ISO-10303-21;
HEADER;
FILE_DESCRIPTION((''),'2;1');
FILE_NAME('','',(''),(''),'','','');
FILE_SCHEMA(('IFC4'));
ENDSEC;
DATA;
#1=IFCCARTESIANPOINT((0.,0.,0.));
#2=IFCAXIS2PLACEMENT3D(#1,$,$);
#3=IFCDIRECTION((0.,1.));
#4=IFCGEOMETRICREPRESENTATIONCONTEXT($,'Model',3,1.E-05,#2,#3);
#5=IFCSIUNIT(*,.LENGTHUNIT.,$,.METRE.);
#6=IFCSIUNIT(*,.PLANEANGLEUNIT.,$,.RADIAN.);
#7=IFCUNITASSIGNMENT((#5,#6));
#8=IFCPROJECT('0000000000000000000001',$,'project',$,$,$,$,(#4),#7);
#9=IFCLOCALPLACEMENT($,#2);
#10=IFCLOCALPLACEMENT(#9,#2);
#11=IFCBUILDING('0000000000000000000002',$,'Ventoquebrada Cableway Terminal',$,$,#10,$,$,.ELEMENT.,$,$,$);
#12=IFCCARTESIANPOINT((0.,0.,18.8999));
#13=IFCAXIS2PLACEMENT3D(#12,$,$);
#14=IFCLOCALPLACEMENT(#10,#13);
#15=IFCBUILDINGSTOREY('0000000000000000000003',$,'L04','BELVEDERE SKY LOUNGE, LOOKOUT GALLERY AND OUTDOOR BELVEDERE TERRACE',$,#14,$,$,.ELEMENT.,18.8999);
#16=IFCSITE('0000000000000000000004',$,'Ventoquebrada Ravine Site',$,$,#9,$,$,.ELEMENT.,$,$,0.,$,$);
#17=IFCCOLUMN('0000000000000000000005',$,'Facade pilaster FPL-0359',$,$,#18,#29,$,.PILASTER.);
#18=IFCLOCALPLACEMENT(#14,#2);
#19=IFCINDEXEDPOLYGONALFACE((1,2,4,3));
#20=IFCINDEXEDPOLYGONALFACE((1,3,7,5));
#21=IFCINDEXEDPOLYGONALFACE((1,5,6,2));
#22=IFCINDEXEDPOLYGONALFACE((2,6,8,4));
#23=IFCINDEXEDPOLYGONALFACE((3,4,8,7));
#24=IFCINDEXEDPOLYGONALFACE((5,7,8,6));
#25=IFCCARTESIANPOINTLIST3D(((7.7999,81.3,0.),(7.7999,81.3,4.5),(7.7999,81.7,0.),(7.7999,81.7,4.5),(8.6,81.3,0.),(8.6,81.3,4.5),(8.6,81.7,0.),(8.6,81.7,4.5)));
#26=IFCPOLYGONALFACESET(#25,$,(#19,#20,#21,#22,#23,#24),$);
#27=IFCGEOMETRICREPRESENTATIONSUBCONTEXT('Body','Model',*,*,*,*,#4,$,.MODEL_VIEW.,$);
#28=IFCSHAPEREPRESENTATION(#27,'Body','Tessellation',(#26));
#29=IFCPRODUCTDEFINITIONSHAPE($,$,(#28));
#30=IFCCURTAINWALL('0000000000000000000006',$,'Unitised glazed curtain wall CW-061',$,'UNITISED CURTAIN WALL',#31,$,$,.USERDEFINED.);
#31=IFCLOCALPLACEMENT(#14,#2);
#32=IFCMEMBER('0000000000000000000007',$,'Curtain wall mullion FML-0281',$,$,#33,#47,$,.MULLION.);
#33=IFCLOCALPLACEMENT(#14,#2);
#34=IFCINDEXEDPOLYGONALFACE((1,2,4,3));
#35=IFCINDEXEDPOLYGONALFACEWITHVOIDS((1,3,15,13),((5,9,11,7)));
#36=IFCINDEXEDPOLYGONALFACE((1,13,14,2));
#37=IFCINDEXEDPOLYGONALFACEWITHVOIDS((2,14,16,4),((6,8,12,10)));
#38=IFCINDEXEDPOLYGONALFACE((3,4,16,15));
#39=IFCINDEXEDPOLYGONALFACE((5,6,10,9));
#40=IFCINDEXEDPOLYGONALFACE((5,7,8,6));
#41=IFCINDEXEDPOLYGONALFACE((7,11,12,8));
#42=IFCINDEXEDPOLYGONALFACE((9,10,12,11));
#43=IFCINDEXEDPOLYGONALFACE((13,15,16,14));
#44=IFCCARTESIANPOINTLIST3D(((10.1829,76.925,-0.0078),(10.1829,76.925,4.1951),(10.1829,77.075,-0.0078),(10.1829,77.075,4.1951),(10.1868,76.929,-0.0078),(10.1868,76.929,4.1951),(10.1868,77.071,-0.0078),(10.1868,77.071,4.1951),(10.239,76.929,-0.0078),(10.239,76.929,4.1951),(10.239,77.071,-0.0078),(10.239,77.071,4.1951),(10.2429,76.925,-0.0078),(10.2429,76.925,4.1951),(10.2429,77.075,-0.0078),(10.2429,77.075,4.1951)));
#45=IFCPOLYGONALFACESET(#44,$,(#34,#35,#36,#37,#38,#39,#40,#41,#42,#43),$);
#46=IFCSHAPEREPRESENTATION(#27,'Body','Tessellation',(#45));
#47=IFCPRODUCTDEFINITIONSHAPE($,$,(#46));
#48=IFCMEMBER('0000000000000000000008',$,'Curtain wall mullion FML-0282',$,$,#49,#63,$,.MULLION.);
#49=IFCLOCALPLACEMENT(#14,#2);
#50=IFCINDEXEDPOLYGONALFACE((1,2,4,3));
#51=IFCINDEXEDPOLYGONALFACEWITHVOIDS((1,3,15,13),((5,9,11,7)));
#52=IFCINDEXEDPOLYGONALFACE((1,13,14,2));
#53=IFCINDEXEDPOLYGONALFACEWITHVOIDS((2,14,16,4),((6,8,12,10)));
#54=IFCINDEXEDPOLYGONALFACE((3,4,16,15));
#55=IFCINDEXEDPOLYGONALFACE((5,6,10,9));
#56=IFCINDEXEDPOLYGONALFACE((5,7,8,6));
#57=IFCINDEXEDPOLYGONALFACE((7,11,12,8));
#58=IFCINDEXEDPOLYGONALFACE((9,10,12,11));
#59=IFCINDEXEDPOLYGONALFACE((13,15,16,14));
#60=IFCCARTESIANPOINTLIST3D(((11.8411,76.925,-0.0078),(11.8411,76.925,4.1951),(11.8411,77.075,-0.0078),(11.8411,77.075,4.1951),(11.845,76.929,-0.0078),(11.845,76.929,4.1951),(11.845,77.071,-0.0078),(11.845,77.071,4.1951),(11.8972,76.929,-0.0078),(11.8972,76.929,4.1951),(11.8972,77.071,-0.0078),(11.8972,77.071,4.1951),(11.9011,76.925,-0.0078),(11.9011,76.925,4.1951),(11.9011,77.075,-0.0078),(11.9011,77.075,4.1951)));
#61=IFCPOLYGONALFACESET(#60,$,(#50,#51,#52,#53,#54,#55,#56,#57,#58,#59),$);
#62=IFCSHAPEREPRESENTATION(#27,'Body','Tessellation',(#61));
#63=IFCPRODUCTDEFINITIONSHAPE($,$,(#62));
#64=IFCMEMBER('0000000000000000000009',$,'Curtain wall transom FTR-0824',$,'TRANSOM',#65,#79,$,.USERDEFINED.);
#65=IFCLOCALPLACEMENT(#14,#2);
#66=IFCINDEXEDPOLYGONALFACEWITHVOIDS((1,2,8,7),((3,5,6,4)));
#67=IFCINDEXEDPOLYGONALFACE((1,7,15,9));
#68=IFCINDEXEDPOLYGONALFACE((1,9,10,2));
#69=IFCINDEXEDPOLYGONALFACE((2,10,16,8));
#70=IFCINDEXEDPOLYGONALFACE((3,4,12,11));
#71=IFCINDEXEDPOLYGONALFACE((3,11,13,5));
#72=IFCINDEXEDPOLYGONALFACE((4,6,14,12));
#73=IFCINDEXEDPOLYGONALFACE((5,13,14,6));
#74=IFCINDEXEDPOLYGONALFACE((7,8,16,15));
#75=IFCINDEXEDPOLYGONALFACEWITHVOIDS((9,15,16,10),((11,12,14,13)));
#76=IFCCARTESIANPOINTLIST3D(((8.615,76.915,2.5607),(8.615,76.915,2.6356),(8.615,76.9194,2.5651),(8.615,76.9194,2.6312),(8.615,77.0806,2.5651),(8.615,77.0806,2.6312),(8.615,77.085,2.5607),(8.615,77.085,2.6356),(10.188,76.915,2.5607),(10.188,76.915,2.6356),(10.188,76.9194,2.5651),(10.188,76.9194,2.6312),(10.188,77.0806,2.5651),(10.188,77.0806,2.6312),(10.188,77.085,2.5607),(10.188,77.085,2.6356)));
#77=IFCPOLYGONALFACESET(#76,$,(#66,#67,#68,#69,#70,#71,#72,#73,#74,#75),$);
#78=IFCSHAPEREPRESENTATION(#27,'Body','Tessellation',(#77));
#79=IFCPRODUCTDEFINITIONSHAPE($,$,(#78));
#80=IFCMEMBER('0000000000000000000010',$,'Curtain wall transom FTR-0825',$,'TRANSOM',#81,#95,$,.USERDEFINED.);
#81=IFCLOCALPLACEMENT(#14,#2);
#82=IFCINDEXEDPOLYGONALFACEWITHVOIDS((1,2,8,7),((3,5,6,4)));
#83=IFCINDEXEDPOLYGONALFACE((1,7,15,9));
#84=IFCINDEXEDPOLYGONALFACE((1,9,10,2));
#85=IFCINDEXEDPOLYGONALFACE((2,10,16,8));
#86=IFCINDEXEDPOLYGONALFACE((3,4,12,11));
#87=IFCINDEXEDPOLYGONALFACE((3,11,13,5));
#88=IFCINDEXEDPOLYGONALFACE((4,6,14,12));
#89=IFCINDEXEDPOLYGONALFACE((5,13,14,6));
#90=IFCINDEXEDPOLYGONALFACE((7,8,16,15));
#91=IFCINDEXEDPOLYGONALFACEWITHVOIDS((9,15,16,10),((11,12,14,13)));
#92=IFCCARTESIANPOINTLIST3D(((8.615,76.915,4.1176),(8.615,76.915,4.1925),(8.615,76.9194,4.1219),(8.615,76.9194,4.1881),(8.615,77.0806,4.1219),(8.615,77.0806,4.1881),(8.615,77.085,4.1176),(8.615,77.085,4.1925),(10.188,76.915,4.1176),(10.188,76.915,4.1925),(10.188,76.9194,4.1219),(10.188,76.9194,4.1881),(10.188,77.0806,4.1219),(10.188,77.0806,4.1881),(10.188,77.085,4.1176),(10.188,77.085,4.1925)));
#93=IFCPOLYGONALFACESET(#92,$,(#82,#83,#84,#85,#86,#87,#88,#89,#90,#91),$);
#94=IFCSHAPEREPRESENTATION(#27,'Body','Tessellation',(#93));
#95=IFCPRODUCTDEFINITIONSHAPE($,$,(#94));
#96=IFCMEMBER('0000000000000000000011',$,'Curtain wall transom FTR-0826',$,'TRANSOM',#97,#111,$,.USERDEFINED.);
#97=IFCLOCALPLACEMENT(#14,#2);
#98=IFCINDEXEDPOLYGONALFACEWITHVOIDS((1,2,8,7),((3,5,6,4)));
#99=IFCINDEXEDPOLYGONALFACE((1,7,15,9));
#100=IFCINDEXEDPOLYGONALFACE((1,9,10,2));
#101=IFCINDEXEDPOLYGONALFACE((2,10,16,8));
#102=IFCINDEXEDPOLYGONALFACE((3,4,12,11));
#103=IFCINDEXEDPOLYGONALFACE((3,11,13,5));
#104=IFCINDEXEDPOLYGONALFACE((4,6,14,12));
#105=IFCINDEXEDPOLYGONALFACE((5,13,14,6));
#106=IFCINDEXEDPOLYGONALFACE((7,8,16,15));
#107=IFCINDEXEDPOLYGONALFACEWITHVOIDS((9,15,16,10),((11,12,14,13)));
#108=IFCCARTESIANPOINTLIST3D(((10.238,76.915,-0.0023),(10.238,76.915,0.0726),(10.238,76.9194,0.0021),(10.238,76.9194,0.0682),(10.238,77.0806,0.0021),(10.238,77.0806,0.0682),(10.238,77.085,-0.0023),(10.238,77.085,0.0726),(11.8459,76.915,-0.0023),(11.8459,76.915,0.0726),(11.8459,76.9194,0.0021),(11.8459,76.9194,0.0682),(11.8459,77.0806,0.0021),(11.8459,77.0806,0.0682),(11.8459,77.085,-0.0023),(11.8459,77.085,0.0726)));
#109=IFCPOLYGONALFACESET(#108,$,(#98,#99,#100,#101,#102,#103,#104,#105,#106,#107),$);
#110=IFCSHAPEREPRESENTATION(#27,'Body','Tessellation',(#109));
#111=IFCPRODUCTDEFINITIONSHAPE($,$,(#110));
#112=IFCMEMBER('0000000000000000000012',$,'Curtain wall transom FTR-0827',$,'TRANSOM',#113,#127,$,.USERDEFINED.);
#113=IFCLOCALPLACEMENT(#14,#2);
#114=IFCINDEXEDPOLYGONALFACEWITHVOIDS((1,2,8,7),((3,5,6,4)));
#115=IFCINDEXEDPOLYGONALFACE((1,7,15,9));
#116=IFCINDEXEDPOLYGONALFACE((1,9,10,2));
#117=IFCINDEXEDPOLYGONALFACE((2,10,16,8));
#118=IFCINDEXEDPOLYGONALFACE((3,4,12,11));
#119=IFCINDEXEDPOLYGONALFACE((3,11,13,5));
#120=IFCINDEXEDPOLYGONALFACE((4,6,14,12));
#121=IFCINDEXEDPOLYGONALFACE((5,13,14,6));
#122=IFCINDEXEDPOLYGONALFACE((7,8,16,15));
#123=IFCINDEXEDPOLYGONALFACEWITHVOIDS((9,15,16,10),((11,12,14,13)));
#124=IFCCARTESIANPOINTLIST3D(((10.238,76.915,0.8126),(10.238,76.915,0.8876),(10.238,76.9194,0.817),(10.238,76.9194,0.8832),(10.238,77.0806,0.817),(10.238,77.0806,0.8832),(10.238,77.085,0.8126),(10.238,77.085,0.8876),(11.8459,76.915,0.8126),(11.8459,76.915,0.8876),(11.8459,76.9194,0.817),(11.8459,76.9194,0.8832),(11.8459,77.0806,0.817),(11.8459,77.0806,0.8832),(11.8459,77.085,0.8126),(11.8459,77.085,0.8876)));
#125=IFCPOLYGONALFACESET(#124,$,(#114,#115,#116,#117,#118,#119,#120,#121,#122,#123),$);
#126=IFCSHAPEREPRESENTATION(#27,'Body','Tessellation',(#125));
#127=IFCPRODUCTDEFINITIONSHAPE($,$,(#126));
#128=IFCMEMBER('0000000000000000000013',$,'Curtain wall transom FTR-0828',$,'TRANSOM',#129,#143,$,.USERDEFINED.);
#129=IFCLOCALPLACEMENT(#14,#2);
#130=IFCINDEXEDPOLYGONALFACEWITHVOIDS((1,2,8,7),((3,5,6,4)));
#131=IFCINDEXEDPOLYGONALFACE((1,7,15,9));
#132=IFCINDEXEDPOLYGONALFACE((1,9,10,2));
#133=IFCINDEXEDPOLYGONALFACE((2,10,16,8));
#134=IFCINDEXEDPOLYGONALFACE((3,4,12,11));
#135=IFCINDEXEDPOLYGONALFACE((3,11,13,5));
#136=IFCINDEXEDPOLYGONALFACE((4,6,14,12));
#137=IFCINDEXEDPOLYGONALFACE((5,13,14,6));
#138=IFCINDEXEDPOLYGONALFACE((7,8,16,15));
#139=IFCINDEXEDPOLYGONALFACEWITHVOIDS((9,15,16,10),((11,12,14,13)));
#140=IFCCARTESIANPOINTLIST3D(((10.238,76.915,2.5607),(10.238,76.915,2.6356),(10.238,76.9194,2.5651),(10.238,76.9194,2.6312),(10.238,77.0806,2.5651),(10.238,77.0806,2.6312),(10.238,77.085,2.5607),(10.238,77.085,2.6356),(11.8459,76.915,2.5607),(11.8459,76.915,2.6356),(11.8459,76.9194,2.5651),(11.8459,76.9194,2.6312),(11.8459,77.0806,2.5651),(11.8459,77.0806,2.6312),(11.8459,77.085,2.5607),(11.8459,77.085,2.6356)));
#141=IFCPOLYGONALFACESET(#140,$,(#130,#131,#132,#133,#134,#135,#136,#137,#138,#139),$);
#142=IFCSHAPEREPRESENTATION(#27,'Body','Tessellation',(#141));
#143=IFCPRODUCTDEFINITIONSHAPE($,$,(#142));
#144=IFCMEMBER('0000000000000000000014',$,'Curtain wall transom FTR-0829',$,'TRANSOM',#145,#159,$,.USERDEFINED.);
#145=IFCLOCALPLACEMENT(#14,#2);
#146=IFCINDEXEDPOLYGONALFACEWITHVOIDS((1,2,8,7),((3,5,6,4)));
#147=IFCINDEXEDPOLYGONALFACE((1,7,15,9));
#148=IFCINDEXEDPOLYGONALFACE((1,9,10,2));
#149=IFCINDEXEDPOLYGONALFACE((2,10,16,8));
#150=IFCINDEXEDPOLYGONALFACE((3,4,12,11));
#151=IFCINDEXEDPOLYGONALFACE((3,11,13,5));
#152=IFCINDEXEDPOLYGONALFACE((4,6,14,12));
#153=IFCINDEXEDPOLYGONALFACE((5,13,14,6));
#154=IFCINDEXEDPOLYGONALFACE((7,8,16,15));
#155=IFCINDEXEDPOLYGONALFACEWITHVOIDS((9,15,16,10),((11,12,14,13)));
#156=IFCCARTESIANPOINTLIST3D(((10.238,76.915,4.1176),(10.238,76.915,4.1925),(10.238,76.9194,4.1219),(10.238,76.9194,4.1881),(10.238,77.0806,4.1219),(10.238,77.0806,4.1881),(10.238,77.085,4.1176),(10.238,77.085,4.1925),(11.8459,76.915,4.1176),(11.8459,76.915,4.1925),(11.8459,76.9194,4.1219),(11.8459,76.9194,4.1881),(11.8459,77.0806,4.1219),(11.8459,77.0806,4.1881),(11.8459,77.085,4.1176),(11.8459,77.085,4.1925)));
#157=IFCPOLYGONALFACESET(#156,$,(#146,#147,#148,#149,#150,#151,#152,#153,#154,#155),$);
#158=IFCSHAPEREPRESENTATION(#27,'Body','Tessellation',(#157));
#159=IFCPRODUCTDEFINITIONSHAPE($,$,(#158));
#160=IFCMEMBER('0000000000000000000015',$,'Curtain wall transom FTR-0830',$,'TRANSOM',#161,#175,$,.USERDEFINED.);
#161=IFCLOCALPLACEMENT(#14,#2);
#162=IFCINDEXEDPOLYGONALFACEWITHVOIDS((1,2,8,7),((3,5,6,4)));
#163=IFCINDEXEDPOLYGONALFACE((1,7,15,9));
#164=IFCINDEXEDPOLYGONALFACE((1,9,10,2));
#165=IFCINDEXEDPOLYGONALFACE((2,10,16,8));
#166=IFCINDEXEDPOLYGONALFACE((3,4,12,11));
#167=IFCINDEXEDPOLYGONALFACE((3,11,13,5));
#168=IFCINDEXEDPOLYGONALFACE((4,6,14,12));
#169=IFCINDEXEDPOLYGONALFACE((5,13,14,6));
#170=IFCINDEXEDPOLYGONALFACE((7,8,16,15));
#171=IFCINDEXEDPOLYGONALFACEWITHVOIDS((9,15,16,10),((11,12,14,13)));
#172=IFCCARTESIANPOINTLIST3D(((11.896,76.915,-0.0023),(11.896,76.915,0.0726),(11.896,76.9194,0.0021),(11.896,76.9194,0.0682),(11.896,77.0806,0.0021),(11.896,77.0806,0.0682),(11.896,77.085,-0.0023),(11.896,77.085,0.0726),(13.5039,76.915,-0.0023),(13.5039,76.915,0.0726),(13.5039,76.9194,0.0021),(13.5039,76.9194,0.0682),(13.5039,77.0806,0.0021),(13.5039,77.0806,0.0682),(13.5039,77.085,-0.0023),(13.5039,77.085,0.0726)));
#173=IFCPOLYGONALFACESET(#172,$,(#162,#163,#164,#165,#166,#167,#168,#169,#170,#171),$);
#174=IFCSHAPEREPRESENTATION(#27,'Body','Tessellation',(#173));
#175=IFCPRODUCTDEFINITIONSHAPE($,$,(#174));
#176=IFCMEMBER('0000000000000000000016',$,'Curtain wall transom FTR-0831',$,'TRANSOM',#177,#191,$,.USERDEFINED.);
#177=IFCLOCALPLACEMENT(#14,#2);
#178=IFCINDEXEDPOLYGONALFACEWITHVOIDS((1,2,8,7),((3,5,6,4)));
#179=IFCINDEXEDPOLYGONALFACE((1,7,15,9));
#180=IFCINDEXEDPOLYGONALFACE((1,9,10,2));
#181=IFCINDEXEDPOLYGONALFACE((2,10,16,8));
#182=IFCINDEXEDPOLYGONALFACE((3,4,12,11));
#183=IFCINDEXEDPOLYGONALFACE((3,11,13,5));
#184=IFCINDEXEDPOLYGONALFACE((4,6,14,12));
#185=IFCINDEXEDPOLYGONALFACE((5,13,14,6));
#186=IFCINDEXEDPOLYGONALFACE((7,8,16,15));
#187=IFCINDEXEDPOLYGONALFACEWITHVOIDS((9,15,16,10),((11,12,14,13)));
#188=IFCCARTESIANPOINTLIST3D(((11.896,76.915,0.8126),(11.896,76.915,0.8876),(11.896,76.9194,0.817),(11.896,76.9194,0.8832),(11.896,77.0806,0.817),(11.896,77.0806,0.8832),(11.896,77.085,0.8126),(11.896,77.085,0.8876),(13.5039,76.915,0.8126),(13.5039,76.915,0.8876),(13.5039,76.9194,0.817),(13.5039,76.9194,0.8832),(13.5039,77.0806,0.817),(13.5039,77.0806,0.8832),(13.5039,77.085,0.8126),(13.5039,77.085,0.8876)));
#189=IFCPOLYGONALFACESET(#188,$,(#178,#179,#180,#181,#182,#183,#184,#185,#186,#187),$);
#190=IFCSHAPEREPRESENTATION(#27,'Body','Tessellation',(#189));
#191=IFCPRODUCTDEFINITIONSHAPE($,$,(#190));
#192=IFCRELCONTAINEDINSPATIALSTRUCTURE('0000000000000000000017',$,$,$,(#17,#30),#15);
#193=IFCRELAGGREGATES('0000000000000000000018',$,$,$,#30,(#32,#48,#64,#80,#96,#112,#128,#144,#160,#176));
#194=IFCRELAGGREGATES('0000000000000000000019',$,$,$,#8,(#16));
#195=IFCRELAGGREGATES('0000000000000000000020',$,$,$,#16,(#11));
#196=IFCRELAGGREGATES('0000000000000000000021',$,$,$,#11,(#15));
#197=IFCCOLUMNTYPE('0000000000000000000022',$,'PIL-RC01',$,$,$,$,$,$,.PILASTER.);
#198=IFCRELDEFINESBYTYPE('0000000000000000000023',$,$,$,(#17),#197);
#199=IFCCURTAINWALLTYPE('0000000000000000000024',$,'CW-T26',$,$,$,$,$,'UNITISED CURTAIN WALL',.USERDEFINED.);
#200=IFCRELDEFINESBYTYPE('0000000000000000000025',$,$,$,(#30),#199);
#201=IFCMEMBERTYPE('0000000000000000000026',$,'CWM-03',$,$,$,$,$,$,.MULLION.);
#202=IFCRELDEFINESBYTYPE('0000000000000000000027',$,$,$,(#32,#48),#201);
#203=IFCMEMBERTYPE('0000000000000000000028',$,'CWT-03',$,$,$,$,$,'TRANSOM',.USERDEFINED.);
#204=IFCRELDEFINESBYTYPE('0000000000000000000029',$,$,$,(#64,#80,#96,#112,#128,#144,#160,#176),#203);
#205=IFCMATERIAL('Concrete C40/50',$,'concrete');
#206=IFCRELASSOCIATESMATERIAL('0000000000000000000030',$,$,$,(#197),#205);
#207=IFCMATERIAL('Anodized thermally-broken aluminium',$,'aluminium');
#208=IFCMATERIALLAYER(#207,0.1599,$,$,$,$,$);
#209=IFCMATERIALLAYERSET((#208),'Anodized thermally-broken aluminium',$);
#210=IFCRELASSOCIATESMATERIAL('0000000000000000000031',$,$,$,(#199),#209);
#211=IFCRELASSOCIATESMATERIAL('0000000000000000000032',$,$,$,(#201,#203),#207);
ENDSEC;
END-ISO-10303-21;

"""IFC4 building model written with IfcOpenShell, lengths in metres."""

from ifc_helpers import new_model, si_unit, direction, frame, origin, origin_2d, place, context, subcontext, project, spatial, rectangle, hollow_rectangle, extrude, material, layer, layer_set, material_profile, profile_set, type_object, element, aggregate, save


model = new_model("IFC4")

# Units and contexts
model_context = context("Model", 3, precision=1e-05, world=origin(), true_north=direction((0.0, 1.0)))
body_context = subcontext(model_context, "Body", "Model", "MODEL_VIEW")
ifc_project = project(units=[si_unit("LENGTHUNIT", "METRE"), si_unit("PLANEANGLEUNIT", "RADIAN")], contexts=[model_context])

# Site, building, storey
site_placement = place(None, origin())
site = spatial("IfcSite", under=ifc_project, at=site_placement, Name="Ventoquebrada Ravine Site", CompositionType="ELEMENT", RefElevation=0.0)
building_placement = place(site_placement, origin())
building = spatial("IfcBuilding", under=site, at=building_placement, Name="Ventoquebrada Cableway Terminal", CompositionType="ELEMENT")
storey_placement = place(building_placement, frame((0.0, 0.0, 18.8999)))
storey = spatial("IfcBuildingStorey", under=building, at=storey_placement, Name="L04", Description="BELVEDERE SKY LOUNGE, LOOKOUT GALLERY AND OUTDOOR BELVEDERE TERRACE", CompositionType="ELEMENT", Elevation=18.8999)

# Column
ifc_material_1 = material(Name="Concrete C40/50", Category="concrete")
ifc_material_profile_1 = material_profile(ifc_material_1, rectangle(XDim=0.3999, YDim=0.8, at=origin_2d()), Name="RC-PIL-400X800")
ifc_profile_set_1 = profile_set([ifc_material_profile_1], Name="Concrete C40/50")
column_type = type_object("IfcColumnType", Name="PIL-RC01", PredefinedType="PILASTER", material=ifc_profile_set_1)
column_placement = place(storey_placement, frame((8.2, 81.5, 0.0), z_axis=(0.0, 0.0, 1.0), x_axis=(0.0, 1.0, 0.0)))
element("IfcColumn", 1, at=column_placement, inside=storey, type_object=column_type, Name="Facade pilaster FPL-0359", PredefinedType="PILASTER", context=body_context, shape_type="SweptSolid", body=[
    extrude(rectangle(XDim=0.3999, YDim=0.8, at=origin_2d()), origin(), (0.0, 0.0, 1.0), 4.5),
])

# Curtain wall, members
ifc_material_2 = material(Name="Anodized thermally-broken aluminium", Category="aluminium")
ifc_layer_1 = layer(ifc_material_2, 0.1599)
ifc_layer_set_1 = layer_set([ifc_layer_1], Name="Anodized thermally-broken aluminium")
curtain_wall_type = type_object("IfcCurtainWallType", Name="CW-T26", ElementType="UNITISED CURTAIN WALL", PredefinedType="USERDEFINED", material=ifc_layer_set_1)
curtain_wall_placement = place(storey_placement, origin())
curtain_wall = element("IfcCurtainWall", 2, at=curtain_wall_placement, inside=storey, type_object=curtain_wall_type, Name="Unitised glazed curtain wall CW-061", ObjectType="UNITISED CURTAIN WALL", PredefinedType="USERDEFINED")
ifc_material_profile_2 = material_profile(ifc_material_2, hollow_rectangle(XDim=0.0601, YDim=0.1499, WallThickness=0.0039, at=origin_2d()), Name="CW-MUL-60X150")
ifc_profile_set_2 = profile_set([ifc_material_profile_2], Name="Anodized thermally-broken aluminium")
member_type_1 = type_object("IfcMemberType", Name="CWM-03", PredefinedType="MULLION", material=ifc_profile_set_2)
member_1_placement = place(storey_placement, frame((10.2129, 77.0, -0.0078), z_axis=(0.0, 0.0, 1.0), x_axis=(1.0, 0.0, 0.0)))
member_1 = element("IfcMember", 3, at=member_1_placement, type_object=member_type_1, Name="Curtain wall mullion FML-0281", PredefinedType="MULLION", context=body_context, shape_type="SweptSolid", body=[
    extrude(hollow_rectangle(XDim=0.0601, YDim=0.1499, WallThickness=0.0039, at=origin_2d()), origin(), (0.0, 0.0, 1.0), 4.2029),
])
member_2_placement = place(storey_placement, frame((11.8711, 77.0, -0.0078), z_axis=(0.0, 0.0, 1.0), x_axis=(1.0, 0.0, 0.0)))
member_2 = element("IfcMember", 4, at=member_2_placement, type_object=member_type_1, Name="Curtain wall mullion FML-0282", PredefinedType="MULLION", context=body_context, shape_type="SweptSolid", body=[
    extrude(hollow_rectangle(XDim=0.0601, YDim=0.1499, WallThickness=0.0039, at=origin_2d()), origin(), (0.0, 0.0, 1.0), 4.2029),
])
ifc_material_profile_3 = material_profile(ifc_material_2, hollow_rectangle(XDim=0.075, YDim=0.1699, WallThickness=0.0044, at=origin_2d()), Name="CW-TRN-75X170")
ifc_profile_set_3 = profile_set([ifc_material_profile_3], Name="Anodized thermally-broken aluminium")
member_type_2 = type_object("IfcMemberType", Name="CWT-03", ElementType="TRANSOM", PredefinedType="USERDEFINED", material=ifc_profile_set_3)
member_3_placement = place(storey_placement, frame((8.615, 77.0, 2.5981), z_axis=(1.0, 0.0, 0.0), x_axis=(0.0, 0.0, 1.0)))
member_3 = element("IfcMember", 5, at=member_3_placement, type_object=member_type_2, Name="Curtain wall transom FTR-0824", ObjectType="TRANSOM", PredefinedType="USERDEFINED", context=body_context, shape_type="SweptSolid", body=[
    extrude(hollow_rectangle(XDim=0.075, YDim=0.1699, WallThickness=0.0044, at=origin_2d()), origin(), (0.0, 0.0, 1.0), 1.573),
])
member_4_placement = place(storey_placement, frame((8.615, 77.0, 4.155), z_axis=(1.0, 0.0, 0.0), x_axis=(0.0, 0.0, 1.0)))
member_4 = element("IfcMember", 6, at=member_4_placement, type_object=member_type_2, Name="Curtain wall transom FTR-0825", ObjectType="TRANSOM", PredefinedType="USERDEFINED", context=body_context, shape_type="SweptSolid", body=[
    extrude(hollow_rectangle(XDim=0.075, YDim=0.1699, WallThickness=0.0044, at=origin_2d()), origin(), (0.0, 0.0, 1.0), 1.573),
])
member_5_placement = place(storey_placement, frame((10.238, 77.0, 0.0352), z_axis=(1.0, 0.0, 0.0), x_axis=(0.0, 0.0, 1.0)))
member_5 = element("IfcMember", 7, at=member_5_placement, type_object=member_type_2, Name="Curtain wall transom FTR-0826", ObjectType="TRANSOM", PredefinedType="USERDEFINED", context=body_context, shape_type="SweptSolid", body=[
    extrude(hollow_rectangle(XDim=0.075, YDim=0.1699, WallThickness=0.0044, at=origin_2d()), origin(), (0.0, 0.0, 1.0), 1.6079),
])
member_6_placement = place(storey_placement, frame((10.238, 77.0, 0.8501), z_axis=(1.0, 0.0, 0.0), x_axis=(0.0, 0.0, 1.0)))
member_6 = element("IfcMember", 8, at=member_6_placement, type_object=member_type_2, Name="Curtain wall transom FTR-0827", ObjectType="TRANSOM", PredefinedType="USERDEFINED", context=body_context, shape_type="SweptSolid", body=[
    extrude(hollow_rectangle(XDim=0.075, YDim=0.1699, WallThickness=0.0044, at=origin_2d()), origin(), (0.0, 0.0, 1.0), 1.6079),
])
member_7_placement = place(storey_placement, frame((10.238, 77.0, 2.5981), z_axis=(1.0, 0.0, 0.0), x_axis=(0.0, 0.0, 1.0)))
member_7 = element("IfcMember", 9, at=member_7_placement, type_object=member_type_2, Name="Curtain wall transom FTR-0828", ObjectType="TRANSOM", PredefinedType="USERDEFINED", context=body_context, shape_type="SweptSolid", body=[
    extrude(hollow_rectangle(XDim=0.075, YDim=0.1699, WallThickness=0.0044, at=origin_2d()), origin(), (0.0, 0.0, 1.0), 1.6079),
])
member_8_placement = place(storey_placement, frame((10.238, 77.0, 4.155), z_axis=(1.0, 0.0, 0.0), x_axis=(0.0, 0.0, 1.0)))
member_8 = element("IfcMember", 10, at=member_8_placement, type_object=member_type_2, Name="Curtain wall transom FTR-0829", ObjectType="TRANSOM", PredefinedType="USERDEFINED", context=body_context, shape_type="SweptSolid", body=[
    extrude(hollow_rectangle(XDim=0.075, YDim=0.1699, WallThickness=0.0044, at=origin_2d()), origin(), (0.0, 0.0, 1.0), 1.6079),
])
member_9_placement = place(storey_placement, frame((11.896, 77.0, 0.0352), z_axis=(1.0, 0.0, 0.0), x_axis=(0.0, 0.0, 1.0)))
member_9 = element("IfcMember", 11, at=member_9_placement, type_object=member_type_2, Name="Curtain wall transom FTR-0830", ObjectType="TRANSOM", PredefinedType="USERDEFINED", context=body_context, shape_type="SweptSolid", body=[
    extrude(hollow_rectangle(XDim=0.075, YDim=0.1699, WallThickness=0.0044, at=origin_2d()), origin(), (0.0, 0.0, 1.0), 1.6079),
])
member_10_placement = place(storey_placement, frame((11.896, 77.0, 0.8501), z_axis=(1.0, 0.0, 0.0), x_axis=(0.0, 0.0, 1.0)))
member_10 = element("IfcMember", 12, at=member_10_placement, type_object=member_type_2, Name="Curtain wall transom FTR-0831", ObjectType="TRANSOM", PredefinedType="USERDEFINED", context=body_context, shape_type="SweptSolid", body=[
    extrude(hollow_rectangle(XDim=0.075, YDim=0.1699, WallThickness=0.0044, at=origin_2d()), origin(), (0.0, 0.0, 1.0), 1.6079),
])
aggregate(curtain_wall, [member_1, member_2, member_3, member_4, member_5, member_6, member_7, member_8, member_9, member_10])

save(model, "model.ifc")
